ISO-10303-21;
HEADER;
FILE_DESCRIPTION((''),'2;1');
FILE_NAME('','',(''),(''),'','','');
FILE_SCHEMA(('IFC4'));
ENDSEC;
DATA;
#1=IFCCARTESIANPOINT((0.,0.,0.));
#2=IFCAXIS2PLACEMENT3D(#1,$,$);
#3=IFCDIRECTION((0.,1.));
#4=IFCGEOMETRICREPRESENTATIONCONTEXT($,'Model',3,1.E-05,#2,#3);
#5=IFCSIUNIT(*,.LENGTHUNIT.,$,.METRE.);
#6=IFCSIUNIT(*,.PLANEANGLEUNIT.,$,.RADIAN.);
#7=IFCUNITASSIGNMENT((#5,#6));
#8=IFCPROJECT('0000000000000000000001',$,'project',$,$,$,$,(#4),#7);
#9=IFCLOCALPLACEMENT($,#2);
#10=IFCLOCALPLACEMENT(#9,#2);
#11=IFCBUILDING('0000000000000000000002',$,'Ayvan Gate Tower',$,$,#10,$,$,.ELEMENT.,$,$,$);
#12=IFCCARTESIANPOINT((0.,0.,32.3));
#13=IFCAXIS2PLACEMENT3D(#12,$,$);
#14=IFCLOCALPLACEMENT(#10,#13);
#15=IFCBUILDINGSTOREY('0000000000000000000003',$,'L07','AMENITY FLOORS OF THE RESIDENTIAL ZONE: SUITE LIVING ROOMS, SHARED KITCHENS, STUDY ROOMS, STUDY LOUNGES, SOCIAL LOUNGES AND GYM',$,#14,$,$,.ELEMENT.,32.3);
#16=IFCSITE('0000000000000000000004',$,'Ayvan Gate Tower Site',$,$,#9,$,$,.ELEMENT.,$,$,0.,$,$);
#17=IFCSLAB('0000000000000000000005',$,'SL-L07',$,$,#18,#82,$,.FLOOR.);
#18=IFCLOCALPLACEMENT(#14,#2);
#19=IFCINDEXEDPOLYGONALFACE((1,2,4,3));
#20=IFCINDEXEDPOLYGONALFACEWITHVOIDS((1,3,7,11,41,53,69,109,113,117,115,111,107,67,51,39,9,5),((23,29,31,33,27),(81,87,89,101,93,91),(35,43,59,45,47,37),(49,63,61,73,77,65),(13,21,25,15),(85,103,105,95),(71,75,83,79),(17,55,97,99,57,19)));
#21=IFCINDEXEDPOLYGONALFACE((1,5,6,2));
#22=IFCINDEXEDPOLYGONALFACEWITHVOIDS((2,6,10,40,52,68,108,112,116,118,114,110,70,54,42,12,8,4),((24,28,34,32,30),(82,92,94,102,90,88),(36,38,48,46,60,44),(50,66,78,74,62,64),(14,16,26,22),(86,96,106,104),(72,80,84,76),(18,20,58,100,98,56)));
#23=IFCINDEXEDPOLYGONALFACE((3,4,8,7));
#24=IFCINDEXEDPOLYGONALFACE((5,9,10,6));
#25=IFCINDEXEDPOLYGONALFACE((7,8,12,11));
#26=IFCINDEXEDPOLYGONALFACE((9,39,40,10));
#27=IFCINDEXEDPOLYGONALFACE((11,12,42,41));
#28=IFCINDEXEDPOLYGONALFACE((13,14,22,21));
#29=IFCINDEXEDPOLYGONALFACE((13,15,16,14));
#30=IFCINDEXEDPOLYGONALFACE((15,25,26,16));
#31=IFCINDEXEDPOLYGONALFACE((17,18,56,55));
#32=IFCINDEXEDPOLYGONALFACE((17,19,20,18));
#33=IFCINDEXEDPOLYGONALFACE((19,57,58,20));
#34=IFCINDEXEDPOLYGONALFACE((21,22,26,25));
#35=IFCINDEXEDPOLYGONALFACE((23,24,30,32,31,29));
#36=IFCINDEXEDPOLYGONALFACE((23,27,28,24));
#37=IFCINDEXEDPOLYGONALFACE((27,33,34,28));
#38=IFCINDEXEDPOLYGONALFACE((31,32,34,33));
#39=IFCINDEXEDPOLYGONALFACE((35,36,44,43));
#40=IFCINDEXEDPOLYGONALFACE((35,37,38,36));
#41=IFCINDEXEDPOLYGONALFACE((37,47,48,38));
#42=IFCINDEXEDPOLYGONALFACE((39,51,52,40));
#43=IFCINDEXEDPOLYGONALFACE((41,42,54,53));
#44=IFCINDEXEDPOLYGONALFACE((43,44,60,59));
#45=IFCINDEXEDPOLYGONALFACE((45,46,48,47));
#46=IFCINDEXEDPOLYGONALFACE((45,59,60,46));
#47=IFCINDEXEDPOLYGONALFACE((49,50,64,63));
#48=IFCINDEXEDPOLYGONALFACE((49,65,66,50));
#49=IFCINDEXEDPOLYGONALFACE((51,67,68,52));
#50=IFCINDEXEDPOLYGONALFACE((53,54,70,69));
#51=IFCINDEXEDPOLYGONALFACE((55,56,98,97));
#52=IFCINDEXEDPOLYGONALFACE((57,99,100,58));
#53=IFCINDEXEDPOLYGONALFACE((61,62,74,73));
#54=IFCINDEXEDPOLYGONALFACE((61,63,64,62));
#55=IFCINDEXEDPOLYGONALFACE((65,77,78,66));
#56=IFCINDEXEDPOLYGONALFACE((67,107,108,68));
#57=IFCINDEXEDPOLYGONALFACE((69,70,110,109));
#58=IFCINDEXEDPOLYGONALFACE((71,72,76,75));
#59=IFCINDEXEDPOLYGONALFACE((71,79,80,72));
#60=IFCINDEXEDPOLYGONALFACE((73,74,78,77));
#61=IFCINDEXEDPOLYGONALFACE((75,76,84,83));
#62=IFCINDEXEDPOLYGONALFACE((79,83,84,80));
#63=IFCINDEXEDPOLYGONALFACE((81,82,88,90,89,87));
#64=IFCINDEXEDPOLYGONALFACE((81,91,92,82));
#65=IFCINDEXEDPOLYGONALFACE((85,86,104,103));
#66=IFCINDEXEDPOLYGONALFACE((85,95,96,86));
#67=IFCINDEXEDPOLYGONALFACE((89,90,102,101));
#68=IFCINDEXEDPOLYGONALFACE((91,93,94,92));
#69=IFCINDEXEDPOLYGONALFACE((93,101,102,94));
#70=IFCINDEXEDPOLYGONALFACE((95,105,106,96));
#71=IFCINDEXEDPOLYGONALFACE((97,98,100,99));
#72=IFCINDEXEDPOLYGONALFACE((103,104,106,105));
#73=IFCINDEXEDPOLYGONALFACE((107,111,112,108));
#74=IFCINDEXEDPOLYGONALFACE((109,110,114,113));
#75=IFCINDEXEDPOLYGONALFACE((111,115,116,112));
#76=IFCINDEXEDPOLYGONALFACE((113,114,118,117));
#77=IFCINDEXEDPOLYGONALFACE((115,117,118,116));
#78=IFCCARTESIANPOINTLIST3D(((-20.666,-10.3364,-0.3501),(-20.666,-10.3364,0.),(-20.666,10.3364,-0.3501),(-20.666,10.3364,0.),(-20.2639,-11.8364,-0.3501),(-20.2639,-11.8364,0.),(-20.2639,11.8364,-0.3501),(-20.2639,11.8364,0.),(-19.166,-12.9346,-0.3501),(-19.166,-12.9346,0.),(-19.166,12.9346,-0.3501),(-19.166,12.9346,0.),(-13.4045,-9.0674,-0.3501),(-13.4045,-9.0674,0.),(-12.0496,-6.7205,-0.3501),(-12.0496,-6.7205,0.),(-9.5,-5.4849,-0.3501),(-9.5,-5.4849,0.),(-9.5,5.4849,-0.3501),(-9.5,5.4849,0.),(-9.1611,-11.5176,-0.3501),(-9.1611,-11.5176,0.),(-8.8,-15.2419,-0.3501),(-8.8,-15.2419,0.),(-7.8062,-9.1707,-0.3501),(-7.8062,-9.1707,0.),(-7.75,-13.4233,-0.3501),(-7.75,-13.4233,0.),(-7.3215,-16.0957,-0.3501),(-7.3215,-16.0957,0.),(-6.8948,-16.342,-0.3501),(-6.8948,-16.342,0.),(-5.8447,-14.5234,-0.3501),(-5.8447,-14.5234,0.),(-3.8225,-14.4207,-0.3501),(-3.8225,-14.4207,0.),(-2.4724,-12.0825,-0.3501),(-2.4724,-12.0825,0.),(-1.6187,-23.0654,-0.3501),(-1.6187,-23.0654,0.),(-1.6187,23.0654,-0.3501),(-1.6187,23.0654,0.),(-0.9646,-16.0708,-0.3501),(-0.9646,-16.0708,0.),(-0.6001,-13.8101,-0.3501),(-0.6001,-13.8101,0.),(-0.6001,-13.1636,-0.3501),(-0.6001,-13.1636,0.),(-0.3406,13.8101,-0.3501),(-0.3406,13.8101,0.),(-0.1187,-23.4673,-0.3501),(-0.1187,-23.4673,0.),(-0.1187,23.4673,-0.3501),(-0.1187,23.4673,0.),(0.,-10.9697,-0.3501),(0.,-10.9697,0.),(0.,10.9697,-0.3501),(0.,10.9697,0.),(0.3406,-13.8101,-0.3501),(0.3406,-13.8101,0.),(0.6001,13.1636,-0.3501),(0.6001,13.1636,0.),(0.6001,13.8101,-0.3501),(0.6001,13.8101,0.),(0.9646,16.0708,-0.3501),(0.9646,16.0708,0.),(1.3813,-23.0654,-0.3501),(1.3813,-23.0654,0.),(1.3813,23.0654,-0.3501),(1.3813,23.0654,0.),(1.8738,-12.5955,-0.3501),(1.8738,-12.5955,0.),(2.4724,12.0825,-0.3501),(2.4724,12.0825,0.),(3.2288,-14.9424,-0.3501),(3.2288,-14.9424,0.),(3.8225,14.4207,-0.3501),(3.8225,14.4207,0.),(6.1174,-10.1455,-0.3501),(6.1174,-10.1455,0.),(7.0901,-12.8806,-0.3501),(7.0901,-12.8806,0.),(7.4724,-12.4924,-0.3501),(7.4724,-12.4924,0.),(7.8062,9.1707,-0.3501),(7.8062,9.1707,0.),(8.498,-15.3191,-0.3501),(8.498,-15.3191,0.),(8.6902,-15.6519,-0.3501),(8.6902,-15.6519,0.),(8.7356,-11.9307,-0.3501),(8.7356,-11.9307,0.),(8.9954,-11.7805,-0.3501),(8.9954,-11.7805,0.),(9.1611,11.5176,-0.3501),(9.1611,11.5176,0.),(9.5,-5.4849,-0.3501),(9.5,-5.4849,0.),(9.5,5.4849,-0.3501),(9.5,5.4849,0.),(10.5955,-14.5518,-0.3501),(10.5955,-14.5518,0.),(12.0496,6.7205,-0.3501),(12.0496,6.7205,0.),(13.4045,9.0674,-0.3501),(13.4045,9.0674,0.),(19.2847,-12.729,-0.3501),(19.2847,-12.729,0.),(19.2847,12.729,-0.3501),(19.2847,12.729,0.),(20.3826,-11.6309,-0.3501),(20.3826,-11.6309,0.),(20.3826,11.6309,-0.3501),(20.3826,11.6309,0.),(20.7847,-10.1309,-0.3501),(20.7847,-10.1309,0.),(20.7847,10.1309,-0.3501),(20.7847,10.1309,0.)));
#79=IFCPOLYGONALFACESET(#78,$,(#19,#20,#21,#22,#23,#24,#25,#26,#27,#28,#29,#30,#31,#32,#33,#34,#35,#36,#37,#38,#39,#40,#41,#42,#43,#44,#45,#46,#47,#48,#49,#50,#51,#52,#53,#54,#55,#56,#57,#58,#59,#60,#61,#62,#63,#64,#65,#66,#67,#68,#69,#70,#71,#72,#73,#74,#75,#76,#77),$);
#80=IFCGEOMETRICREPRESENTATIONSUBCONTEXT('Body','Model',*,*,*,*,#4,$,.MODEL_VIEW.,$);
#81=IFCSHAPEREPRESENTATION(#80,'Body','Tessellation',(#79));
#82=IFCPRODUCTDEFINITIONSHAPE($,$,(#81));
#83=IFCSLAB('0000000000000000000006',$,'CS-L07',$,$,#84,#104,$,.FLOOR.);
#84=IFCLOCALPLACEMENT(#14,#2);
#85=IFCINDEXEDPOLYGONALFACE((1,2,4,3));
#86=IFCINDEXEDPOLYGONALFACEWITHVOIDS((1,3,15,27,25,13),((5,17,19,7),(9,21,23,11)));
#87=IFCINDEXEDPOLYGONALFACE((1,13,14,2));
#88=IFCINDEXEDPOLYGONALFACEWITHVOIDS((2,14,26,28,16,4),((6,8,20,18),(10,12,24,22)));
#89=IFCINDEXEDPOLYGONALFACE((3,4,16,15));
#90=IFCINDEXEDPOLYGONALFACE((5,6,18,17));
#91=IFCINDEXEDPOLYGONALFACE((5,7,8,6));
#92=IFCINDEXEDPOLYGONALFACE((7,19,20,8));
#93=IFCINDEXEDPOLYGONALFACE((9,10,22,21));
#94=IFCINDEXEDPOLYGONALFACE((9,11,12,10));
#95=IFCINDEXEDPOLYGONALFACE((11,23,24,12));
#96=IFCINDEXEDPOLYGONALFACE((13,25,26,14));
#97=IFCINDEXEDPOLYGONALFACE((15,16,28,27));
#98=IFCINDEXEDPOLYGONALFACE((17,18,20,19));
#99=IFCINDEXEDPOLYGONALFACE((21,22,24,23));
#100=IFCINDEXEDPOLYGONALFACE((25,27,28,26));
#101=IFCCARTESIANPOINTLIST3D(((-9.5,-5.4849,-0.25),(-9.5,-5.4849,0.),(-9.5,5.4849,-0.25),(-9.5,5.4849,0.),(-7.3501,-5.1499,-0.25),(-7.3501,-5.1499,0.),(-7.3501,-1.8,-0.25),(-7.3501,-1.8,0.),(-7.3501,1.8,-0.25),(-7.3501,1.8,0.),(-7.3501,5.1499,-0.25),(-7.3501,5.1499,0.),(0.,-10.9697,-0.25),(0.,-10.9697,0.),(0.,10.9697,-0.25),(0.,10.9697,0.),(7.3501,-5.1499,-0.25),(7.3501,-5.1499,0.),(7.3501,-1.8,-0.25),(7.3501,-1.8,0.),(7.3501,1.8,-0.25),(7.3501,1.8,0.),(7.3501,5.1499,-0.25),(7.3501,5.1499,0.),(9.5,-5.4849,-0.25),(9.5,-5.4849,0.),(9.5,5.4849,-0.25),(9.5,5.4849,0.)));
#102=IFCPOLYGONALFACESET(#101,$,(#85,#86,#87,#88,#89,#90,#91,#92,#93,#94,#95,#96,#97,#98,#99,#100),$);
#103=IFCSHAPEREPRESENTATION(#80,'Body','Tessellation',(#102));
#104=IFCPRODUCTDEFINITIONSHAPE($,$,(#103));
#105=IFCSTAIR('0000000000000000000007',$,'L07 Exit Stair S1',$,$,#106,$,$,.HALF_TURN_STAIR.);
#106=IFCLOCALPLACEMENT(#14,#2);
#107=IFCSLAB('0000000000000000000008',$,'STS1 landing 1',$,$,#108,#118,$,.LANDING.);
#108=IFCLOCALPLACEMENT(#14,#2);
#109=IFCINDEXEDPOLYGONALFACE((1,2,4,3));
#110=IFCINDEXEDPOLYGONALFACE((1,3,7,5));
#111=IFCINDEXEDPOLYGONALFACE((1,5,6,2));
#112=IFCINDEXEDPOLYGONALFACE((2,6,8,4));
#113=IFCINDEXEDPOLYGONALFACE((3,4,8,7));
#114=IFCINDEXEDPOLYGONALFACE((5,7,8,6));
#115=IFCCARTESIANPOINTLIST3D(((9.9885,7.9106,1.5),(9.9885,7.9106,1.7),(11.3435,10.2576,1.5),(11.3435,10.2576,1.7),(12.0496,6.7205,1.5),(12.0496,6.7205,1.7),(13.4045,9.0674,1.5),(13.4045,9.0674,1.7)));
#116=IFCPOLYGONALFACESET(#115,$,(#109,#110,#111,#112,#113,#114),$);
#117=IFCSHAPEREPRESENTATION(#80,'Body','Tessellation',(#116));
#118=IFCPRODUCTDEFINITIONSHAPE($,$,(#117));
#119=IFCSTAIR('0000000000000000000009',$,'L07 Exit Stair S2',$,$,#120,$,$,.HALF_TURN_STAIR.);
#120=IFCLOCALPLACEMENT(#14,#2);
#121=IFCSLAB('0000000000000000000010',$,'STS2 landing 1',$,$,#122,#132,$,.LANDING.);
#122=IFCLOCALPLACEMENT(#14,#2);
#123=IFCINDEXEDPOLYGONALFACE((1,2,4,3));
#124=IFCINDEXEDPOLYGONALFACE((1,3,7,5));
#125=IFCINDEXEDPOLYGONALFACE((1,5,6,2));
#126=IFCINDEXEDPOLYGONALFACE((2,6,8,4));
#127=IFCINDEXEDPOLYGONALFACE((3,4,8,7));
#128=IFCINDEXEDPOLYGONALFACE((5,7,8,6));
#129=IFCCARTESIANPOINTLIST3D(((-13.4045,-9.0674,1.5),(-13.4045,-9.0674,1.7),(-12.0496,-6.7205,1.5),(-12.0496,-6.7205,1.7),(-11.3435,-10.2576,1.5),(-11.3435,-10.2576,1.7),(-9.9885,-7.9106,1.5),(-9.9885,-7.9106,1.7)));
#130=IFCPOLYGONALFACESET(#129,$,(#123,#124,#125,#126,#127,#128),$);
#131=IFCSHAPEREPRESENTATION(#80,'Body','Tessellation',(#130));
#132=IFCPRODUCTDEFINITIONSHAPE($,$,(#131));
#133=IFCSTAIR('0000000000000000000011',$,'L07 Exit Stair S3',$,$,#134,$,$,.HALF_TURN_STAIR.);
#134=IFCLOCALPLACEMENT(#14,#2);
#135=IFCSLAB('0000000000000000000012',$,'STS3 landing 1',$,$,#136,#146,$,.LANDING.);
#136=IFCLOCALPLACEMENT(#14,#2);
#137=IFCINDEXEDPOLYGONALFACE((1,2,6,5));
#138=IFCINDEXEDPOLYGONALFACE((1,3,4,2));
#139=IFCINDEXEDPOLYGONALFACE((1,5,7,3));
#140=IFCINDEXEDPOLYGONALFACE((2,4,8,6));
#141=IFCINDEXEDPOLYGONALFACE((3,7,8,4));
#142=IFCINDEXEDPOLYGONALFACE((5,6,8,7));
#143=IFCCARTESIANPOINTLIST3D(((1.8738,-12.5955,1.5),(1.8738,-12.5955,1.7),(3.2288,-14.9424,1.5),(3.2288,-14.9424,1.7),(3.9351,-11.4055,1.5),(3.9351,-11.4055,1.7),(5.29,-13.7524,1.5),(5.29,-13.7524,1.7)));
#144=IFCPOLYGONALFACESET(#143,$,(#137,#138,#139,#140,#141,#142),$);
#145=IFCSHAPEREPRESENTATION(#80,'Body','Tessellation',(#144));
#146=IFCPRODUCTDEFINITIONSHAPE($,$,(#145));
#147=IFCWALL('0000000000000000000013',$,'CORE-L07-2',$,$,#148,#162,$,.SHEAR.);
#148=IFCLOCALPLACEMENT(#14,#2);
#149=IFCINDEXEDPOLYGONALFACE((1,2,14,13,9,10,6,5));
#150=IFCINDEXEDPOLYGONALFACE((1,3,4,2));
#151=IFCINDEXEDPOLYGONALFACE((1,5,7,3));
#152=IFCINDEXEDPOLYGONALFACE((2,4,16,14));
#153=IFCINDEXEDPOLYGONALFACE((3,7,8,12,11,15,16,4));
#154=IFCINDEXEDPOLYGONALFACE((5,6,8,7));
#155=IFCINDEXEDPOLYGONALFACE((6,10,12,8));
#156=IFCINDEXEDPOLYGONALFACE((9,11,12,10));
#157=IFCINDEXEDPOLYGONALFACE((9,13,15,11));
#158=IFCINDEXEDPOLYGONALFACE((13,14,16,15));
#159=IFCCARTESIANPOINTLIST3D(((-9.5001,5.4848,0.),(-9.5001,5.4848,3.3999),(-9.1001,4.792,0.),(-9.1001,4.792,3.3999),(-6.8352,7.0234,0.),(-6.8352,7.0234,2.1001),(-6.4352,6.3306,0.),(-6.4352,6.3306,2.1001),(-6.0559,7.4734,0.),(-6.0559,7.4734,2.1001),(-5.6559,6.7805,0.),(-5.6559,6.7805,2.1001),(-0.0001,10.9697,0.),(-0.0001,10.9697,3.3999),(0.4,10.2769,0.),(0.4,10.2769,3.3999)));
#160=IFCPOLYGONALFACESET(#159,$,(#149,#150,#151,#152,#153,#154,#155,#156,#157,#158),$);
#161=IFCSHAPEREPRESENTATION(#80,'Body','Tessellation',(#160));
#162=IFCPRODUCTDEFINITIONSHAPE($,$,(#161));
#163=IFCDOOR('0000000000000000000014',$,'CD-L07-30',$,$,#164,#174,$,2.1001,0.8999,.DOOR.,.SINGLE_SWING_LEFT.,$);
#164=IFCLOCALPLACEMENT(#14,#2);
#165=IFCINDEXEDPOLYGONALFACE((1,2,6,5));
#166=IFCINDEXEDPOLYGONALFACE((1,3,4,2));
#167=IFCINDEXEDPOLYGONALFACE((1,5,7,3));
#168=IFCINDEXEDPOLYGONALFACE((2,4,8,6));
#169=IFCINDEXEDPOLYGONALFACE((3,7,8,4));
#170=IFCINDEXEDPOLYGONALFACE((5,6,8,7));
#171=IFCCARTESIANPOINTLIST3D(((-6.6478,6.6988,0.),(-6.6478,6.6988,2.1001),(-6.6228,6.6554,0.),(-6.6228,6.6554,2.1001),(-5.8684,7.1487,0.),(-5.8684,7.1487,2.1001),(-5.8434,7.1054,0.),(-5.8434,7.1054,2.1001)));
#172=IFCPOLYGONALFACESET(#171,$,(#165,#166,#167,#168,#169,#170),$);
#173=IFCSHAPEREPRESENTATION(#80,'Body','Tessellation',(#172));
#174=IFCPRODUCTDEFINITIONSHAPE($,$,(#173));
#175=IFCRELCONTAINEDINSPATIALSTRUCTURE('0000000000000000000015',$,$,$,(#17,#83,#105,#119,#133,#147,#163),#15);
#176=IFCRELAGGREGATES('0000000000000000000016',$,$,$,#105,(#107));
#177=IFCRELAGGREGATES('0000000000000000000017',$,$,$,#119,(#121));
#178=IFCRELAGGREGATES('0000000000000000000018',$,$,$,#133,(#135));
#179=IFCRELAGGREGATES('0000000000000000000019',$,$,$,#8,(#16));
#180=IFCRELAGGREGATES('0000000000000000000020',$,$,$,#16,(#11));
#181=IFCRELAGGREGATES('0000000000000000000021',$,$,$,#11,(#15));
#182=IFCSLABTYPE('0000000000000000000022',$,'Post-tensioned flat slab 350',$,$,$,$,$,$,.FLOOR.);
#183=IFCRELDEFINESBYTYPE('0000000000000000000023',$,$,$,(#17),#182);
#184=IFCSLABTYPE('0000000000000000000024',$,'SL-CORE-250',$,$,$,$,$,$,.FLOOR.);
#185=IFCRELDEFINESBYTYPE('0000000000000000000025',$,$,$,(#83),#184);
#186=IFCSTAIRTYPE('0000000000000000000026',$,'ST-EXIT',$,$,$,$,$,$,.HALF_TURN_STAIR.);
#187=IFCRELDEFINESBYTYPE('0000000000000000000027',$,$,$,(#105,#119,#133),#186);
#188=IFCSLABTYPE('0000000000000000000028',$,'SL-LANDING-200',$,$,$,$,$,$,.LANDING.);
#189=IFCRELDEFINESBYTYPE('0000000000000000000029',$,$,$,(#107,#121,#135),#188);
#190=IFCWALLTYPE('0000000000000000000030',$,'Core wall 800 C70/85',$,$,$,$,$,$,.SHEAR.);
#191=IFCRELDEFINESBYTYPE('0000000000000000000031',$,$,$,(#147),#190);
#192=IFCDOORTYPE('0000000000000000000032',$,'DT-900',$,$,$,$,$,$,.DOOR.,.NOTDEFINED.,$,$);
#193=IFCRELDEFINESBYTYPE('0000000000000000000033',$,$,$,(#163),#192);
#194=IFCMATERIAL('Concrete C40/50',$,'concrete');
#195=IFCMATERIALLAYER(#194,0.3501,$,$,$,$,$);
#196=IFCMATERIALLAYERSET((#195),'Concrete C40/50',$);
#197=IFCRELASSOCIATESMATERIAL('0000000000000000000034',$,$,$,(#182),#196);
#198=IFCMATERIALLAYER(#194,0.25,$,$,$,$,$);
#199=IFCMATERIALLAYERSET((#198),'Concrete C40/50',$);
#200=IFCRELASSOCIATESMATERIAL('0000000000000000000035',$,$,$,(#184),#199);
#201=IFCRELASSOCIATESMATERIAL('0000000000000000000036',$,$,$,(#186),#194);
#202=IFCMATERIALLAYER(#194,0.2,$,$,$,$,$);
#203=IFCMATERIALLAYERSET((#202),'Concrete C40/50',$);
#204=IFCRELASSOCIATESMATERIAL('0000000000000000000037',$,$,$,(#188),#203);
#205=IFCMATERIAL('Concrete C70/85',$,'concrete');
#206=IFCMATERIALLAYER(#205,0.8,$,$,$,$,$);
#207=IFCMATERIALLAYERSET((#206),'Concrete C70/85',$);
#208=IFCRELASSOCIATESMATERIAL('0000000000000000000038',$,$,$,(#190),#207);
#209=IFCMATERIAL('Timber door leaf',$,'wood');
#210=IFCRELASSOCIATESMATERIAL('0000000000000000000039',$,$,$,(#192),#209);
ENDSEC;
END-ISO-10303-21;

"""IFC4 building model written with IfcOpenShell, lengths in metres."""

from ifc_helpers import new_model, si_unit, direction, frame, frame_2d, origin, place, context, subcontext, project, spatial, polyline, rectangle, outline, extrude, material, layer, layer_set, type_object, element, fill, aggregate, save


model = new_model("IFC4")

# Units and contexts
model_context = context("Model", 3, precision=1e-05, world=origin(), true_north=direction((0.0, 1.0)))
body_context = subcontext(model_context, "Body", "Model", "MODEL_VIEW")
ifc_project = project(units=[si_unit("LENGTHUNIT", "METRE"), si_unit("PLANEANGLEUNIT", "RADIAN")], contexts=[model_context])

# Site, building, storey
site_placement = place(None, origin())
site = spatial("IfcSite", under=ifc_project, at=site_placement, Name="Ayvan Gate Tower Site", CompositionType="ELEMENT", RefElevation=0.0)
building_placement = place(site_placement, origin())
building = spatial("IfcBuilding", under=site, at=building_placement, Name="Ayvan Gate Tower", CompositionType="ELEMENT")
storey_placement = place(building_placement, frame((0.0, 0.0, 32.3)))
storey = spatial("IfcBuildingStorey", under=building, at=storey_placement, Name="L07", Description="AMENITY FLOORS OF THE RESIDENTIAL ZONE: SUITE LIVING ROOMS, SHARED KITCHENS, STUDY ROOMS, STUDY LOUNGES, SOCIAL LOUNGES AND GYM", CompositionType="ELEMENT", Elevation=32.3)

# Slabs
ifc_material_1 = material(Name="Concrete C40/50", Category="concrete")
ifc_layer_1 = layer(ifc_material_1, 0.3501)
ifc_layer_set_1 = layer_set([ifc_layer_1], Name="Concrete C40/50")
slab_type_1 = type_object("IfcSlabType", Name="Post-tensioned flat slab 350", PredefinedType="FLOOR", material=ifc_layer_set_1)
slab_1_placement = place(storey_placement, frame((0.0, 0.0, -0.3501)))
element("IfcSlab", 1, at=slab_1_placement, inside=storey, type_object=slab_type_1, Name="SL-L07", PredefinedType="FLOOR", context=body_context, shape_type="SweptSolid", body=[
    extrude(outline(polyline([(-1.6187, -23.0654), (-19.166, -12.9346), (-20.2639, -11.8364), (-20.666, -10.3364), (-20.666, 10.3364), (-20.2639, 11.8364), (-19.166, 12.9346), (-1.6187, 23.0654), (-0.1187, 23.4673), (1.3813, 23.0654), (19.2847, 12.729), (20.3826, 11.6309), (20.7847, 10.1309), (20.7847, -10.1309), (20.3826, -11.6309), (19.2847, -12.729), (1.3813, -23.0654), (-0.1187, -23.4673), (-1.6187, -23.0654)]), holes=[polyline([(9.1611, 11.5176), (7.8062, 9.1707), (12.0496, 6.7205), (13.4045, 9.0674), (9.1611, 11.5176)]), polyline([(8.9954, -11.7805), (8.7356, -11.9307), (7.0901, -12.8806), (8.498, -15.3191), (8.6902, -15.6519), (10.5955, -14.5518), (8.9954, -11.7805)]), polyline([(-9.5, 5.4849), (-9.5, -5.4849), (0.0, -10.9697), (9.5, -5.4849), (9.5, 5.4849), (0.0, 10.9697), (-9.5, 5.4849)]), polyline([(7.4724, -12.4924), (6.1174, -10.1455), (1.8738, -12.5955), (3.2288, -14.9424), (7.4724, -12.4924)]), polyline([(3.8225, 14.4207), (0.9646, 16.0708), (-0.3406, 13.8101), (0.6001, 13.8101), (0.6001, 13.1636), (2.4724, 12.0825), (3.8225, 14.4207)]), polyline([(-0.6001, -13.8101), (-0.6001, -13.1636), (-2.4724, -12.0825), (-3.8225, -14.4207), (-0.9646, -16.0708), (0.3406, -13.8101), (-0.6001, -13.8101)]), polyline([(-8.8, -15.2419), (-7.3215, -16.0957), (-6.8948, -16.342), (-5.8447, -14.5234), (-7.75, -13.4233), (-8.8, -15.2419)]), polyline([(-12.0496, -6.7205), (-13.4045, -9.0674), (-9.1611, -11.5176), (-7.8062, -9.1707), (-12.0496, -6.7205)])]), origin(), (0.0, 0.0, 1.0), 0.3501),
])
ifc_layer_2 = layer(ifc_material_1, 0.25)
ifc_layer_set_2 = layer_set([ifc_layer_2], Name="Concrete C40/50")
slab_type_2 = type_object("IfcSlabType", Name="SL-CORE-250", PredefinedType="FLOOR", material=ifc_layer_set_2)
slab_2_placement = place(storey_placement, frame((0.0, 0.0, -0.25)))
element("IfcSlab", 2, at=slab_2_placement, inside=storey, type_object=slab_type_2, Name="CS-L07", PredefinedType="FLOOR", context=body_context, shape_type="SweptSolid", body=[
    extrude(outline(polyline([(9.5, -5.4849), (0.0, -10.9697), (-9.5, -5.4849), (-9.5, 5.4849), (0.0, 10.9697), (9.5, 5.4849), (9.5, -5.4849)]), holes=[polyline([(-7.3501, -1.8), (-7.3501, -5.1499), (7.3501, -5.1499), (7.3501, -1.8), (-7.3501, -1.8)]), polyline([(-7.3501, 5.1499), (-7.3501, 1.8), (7.3501, 1.8), (7.3501, 5.1499), (-7.3501, 5.1499)])]), origin(), (0.0, 0.0, 1.0), 0.25),
])

# Stairs, slabs
stair_type = type_object("IfcStairType", Name="ST-EXIT", PredefinedType="HALF_TURN_STAIR", material=ifc_material_1)
stair_1_placement = place(storey_placement, origin())
stair_1 = element("IfcStair", 3, at=stair_1_placement, inside=storey, type_object=stair_type, Name="L07 Exit Stair S1", PredefinedType="HALF_TURN_STAIR")
ifc_layer_3 = layer(ifc_material_1, 0.2)
ifc_layer_set_3 = layer_set([ifc_layer_3], Name="Concrete C40/50")
slab_type_3 = type_object("IfcSlabType", Name="SL-LANDING-200", PredefinedType="LANDING", material=ifc_layer_set_3)
slab_3_placement = place(storey_placement, frame((0.0, 0.0, 1.5)))
slab_3 = element("IfcSlab", 4, at=slab_3_placement, type_object=slab_type_3, Name="STS1 landing 1", PredefinedType="LANDING", context=body_context, shape_type="SweptSolid", body=[
    extrude(outline(polyline([(9.9885, 7.9106), (12.0496, 6.7205), (13.4045, 9.0674), (11.3435, 10.2576), (9.9885, 7.9106)])), origin(), (0.0, 0.0, 1.0), 0.2),
])
aggregate(stair_1, [slab_3])
stair_2_placement = place(storey_placement, origin())
stair_2 = element("IfcStair", 5, at=stair_2_placement, inside=storey, type_object=stair_type, Name="L07 Exit Stair S2", PredefinedType="HALF_TURN_STAIR")
slab_4_placement = place(storey_placement, frame((0.0, 0.0, 1.5)))
slab_4 = element("IfcSlab", 6, at=slab_4_placement, type_object=slab_type_3, Name="STS2 landing 1", PredefinedType="LANDING", context=body_context, shape_type="SweptSolid", body=[
    extrude(outline(polyline([(-9.9885, -7.9106), (-12.0496, -6.7205), (-13.4045, -9.0674), (-11.3435, -10.2576), (-9.9885, -7.9106)])), origin(), (0.0, 0.0, 1.0), 0.2),
])
aggregate(stair_2, [slab_4])
stair_3_placement = place(storey_placement, origin())
stair_3 = element("IfcStair", 7, at=stair_3_placement, inside=storey, type_object=stair_type, Name="L07 Exit Stair S3", PredefinedType="HALF_TURN_STAIR")
slab_5_placement = place(storey_placement, frame((0.0, 0.0, 1.5)))
slab_5 = element("IfcSlab", 8, at=slab_5_placement, type_object=slab_type_3, Name="STS3 landing 1", PredefinedType="LANDING", context=body_context, shape_type="SweptSolid", body=[
    extrude(outline(polyline([(3.9351, -11.4055), (1.8738, -12.5955), (3.2288, -14.9424), (5.29, -13.7524), (3.9351, -11.4055)])), origin(), (0.0, 0.0, 1.0), 0.2),
])
aggregate(stair_3, [slab_5])

# Wall, opening, door
ifc_material_2 = material(Name="Concrete C70/85", Category="concrete")
ifc_layer_4 = layer(ifc_material_2, 0.8)
ifc_layer_set_4 = layer_set([ifc_layer_4], Name="Concrete C70/85")
wall_type_1 = type_object("IfcWallType", Name="Core wall 800 C70/85", PredefinedType="SHEAR", material=ifc_layer_set_4)
wall_1_placement = place(storey_placement, frame((0.2, 10.6233, 0.0), z_axis=(0.0, 0.0, 1.0), x_axis=(-0.866024, -0.500002, 0.0)))
wall_1 = element("IfcWall", 9, at=wall_1_placement, inside=storey, type_object=wall_type_1, Name="CORE-L07-2", PredefinedType="SHEAR", context=body_context, shape_type="SweptSolid", body=[
    extrude(rectangle(XDim=10.9697, YDim=0.8, at=frame_2d((5.4849, 0.0))), origin(), (0.0, 0.0, 1.0), 3.3999),
])
opening_1_placement = place(wall_1_placement, frame((6.9927, 0.0, 0.0)))
opening_1 = element("IfcOpeningElement", 10, at=opening_1_placement, cuts=wall_1, PredefinedType="OPENING", context=body_context, shape_type="SweptSolid", body=[
    extrude(rectangle(XDim=0.8999, YDim=2.1001, at=frame_2d((0.45, 1.05))), frame((0.0, 0.4099, 0.0), z_axis=(0.0, -1.0, 0.0), x_axis=(1.0, 0.0, 0.0)), (0.0, 0.0, 1.0), 0.8201),
])
ifc_material_3 = material(Name="Timber door leaf", Category="wood")
door_type_1 = type_object("IfcDoorType", Name="DT-900", OperationType="NOTDEFINED", PredefinedType="DOOR", material=ifc_material_3)
door_1_placement = place(opening_1_placement, origin())
door_1 = element("IfcDoor", 11, at=door_1_placement, inside=storey, type_object=door_type_1, Name="CD-L07-30", OperationType="SINGLE_SWING_LEFT", OverallHeight=2.1001, OverallWidth=0.8999, PredefinedType="DOOR", context=body_context, shape_type="SweptSolid", body=[
    extrude(rectangle(XDim=0.8999, YDim=2.1001, at=frame_2d((0.45, 1.05))), frame((0.0, 0.0249, 0.0), z_axis=(0.0, -1.0, 0.0), x_axis=(1.0, 0.0, 0.0)), (0.0, 0.0, 1.0), 0.05),
])
fill(opening_1, door_1)

save(model, "model.ifc")
